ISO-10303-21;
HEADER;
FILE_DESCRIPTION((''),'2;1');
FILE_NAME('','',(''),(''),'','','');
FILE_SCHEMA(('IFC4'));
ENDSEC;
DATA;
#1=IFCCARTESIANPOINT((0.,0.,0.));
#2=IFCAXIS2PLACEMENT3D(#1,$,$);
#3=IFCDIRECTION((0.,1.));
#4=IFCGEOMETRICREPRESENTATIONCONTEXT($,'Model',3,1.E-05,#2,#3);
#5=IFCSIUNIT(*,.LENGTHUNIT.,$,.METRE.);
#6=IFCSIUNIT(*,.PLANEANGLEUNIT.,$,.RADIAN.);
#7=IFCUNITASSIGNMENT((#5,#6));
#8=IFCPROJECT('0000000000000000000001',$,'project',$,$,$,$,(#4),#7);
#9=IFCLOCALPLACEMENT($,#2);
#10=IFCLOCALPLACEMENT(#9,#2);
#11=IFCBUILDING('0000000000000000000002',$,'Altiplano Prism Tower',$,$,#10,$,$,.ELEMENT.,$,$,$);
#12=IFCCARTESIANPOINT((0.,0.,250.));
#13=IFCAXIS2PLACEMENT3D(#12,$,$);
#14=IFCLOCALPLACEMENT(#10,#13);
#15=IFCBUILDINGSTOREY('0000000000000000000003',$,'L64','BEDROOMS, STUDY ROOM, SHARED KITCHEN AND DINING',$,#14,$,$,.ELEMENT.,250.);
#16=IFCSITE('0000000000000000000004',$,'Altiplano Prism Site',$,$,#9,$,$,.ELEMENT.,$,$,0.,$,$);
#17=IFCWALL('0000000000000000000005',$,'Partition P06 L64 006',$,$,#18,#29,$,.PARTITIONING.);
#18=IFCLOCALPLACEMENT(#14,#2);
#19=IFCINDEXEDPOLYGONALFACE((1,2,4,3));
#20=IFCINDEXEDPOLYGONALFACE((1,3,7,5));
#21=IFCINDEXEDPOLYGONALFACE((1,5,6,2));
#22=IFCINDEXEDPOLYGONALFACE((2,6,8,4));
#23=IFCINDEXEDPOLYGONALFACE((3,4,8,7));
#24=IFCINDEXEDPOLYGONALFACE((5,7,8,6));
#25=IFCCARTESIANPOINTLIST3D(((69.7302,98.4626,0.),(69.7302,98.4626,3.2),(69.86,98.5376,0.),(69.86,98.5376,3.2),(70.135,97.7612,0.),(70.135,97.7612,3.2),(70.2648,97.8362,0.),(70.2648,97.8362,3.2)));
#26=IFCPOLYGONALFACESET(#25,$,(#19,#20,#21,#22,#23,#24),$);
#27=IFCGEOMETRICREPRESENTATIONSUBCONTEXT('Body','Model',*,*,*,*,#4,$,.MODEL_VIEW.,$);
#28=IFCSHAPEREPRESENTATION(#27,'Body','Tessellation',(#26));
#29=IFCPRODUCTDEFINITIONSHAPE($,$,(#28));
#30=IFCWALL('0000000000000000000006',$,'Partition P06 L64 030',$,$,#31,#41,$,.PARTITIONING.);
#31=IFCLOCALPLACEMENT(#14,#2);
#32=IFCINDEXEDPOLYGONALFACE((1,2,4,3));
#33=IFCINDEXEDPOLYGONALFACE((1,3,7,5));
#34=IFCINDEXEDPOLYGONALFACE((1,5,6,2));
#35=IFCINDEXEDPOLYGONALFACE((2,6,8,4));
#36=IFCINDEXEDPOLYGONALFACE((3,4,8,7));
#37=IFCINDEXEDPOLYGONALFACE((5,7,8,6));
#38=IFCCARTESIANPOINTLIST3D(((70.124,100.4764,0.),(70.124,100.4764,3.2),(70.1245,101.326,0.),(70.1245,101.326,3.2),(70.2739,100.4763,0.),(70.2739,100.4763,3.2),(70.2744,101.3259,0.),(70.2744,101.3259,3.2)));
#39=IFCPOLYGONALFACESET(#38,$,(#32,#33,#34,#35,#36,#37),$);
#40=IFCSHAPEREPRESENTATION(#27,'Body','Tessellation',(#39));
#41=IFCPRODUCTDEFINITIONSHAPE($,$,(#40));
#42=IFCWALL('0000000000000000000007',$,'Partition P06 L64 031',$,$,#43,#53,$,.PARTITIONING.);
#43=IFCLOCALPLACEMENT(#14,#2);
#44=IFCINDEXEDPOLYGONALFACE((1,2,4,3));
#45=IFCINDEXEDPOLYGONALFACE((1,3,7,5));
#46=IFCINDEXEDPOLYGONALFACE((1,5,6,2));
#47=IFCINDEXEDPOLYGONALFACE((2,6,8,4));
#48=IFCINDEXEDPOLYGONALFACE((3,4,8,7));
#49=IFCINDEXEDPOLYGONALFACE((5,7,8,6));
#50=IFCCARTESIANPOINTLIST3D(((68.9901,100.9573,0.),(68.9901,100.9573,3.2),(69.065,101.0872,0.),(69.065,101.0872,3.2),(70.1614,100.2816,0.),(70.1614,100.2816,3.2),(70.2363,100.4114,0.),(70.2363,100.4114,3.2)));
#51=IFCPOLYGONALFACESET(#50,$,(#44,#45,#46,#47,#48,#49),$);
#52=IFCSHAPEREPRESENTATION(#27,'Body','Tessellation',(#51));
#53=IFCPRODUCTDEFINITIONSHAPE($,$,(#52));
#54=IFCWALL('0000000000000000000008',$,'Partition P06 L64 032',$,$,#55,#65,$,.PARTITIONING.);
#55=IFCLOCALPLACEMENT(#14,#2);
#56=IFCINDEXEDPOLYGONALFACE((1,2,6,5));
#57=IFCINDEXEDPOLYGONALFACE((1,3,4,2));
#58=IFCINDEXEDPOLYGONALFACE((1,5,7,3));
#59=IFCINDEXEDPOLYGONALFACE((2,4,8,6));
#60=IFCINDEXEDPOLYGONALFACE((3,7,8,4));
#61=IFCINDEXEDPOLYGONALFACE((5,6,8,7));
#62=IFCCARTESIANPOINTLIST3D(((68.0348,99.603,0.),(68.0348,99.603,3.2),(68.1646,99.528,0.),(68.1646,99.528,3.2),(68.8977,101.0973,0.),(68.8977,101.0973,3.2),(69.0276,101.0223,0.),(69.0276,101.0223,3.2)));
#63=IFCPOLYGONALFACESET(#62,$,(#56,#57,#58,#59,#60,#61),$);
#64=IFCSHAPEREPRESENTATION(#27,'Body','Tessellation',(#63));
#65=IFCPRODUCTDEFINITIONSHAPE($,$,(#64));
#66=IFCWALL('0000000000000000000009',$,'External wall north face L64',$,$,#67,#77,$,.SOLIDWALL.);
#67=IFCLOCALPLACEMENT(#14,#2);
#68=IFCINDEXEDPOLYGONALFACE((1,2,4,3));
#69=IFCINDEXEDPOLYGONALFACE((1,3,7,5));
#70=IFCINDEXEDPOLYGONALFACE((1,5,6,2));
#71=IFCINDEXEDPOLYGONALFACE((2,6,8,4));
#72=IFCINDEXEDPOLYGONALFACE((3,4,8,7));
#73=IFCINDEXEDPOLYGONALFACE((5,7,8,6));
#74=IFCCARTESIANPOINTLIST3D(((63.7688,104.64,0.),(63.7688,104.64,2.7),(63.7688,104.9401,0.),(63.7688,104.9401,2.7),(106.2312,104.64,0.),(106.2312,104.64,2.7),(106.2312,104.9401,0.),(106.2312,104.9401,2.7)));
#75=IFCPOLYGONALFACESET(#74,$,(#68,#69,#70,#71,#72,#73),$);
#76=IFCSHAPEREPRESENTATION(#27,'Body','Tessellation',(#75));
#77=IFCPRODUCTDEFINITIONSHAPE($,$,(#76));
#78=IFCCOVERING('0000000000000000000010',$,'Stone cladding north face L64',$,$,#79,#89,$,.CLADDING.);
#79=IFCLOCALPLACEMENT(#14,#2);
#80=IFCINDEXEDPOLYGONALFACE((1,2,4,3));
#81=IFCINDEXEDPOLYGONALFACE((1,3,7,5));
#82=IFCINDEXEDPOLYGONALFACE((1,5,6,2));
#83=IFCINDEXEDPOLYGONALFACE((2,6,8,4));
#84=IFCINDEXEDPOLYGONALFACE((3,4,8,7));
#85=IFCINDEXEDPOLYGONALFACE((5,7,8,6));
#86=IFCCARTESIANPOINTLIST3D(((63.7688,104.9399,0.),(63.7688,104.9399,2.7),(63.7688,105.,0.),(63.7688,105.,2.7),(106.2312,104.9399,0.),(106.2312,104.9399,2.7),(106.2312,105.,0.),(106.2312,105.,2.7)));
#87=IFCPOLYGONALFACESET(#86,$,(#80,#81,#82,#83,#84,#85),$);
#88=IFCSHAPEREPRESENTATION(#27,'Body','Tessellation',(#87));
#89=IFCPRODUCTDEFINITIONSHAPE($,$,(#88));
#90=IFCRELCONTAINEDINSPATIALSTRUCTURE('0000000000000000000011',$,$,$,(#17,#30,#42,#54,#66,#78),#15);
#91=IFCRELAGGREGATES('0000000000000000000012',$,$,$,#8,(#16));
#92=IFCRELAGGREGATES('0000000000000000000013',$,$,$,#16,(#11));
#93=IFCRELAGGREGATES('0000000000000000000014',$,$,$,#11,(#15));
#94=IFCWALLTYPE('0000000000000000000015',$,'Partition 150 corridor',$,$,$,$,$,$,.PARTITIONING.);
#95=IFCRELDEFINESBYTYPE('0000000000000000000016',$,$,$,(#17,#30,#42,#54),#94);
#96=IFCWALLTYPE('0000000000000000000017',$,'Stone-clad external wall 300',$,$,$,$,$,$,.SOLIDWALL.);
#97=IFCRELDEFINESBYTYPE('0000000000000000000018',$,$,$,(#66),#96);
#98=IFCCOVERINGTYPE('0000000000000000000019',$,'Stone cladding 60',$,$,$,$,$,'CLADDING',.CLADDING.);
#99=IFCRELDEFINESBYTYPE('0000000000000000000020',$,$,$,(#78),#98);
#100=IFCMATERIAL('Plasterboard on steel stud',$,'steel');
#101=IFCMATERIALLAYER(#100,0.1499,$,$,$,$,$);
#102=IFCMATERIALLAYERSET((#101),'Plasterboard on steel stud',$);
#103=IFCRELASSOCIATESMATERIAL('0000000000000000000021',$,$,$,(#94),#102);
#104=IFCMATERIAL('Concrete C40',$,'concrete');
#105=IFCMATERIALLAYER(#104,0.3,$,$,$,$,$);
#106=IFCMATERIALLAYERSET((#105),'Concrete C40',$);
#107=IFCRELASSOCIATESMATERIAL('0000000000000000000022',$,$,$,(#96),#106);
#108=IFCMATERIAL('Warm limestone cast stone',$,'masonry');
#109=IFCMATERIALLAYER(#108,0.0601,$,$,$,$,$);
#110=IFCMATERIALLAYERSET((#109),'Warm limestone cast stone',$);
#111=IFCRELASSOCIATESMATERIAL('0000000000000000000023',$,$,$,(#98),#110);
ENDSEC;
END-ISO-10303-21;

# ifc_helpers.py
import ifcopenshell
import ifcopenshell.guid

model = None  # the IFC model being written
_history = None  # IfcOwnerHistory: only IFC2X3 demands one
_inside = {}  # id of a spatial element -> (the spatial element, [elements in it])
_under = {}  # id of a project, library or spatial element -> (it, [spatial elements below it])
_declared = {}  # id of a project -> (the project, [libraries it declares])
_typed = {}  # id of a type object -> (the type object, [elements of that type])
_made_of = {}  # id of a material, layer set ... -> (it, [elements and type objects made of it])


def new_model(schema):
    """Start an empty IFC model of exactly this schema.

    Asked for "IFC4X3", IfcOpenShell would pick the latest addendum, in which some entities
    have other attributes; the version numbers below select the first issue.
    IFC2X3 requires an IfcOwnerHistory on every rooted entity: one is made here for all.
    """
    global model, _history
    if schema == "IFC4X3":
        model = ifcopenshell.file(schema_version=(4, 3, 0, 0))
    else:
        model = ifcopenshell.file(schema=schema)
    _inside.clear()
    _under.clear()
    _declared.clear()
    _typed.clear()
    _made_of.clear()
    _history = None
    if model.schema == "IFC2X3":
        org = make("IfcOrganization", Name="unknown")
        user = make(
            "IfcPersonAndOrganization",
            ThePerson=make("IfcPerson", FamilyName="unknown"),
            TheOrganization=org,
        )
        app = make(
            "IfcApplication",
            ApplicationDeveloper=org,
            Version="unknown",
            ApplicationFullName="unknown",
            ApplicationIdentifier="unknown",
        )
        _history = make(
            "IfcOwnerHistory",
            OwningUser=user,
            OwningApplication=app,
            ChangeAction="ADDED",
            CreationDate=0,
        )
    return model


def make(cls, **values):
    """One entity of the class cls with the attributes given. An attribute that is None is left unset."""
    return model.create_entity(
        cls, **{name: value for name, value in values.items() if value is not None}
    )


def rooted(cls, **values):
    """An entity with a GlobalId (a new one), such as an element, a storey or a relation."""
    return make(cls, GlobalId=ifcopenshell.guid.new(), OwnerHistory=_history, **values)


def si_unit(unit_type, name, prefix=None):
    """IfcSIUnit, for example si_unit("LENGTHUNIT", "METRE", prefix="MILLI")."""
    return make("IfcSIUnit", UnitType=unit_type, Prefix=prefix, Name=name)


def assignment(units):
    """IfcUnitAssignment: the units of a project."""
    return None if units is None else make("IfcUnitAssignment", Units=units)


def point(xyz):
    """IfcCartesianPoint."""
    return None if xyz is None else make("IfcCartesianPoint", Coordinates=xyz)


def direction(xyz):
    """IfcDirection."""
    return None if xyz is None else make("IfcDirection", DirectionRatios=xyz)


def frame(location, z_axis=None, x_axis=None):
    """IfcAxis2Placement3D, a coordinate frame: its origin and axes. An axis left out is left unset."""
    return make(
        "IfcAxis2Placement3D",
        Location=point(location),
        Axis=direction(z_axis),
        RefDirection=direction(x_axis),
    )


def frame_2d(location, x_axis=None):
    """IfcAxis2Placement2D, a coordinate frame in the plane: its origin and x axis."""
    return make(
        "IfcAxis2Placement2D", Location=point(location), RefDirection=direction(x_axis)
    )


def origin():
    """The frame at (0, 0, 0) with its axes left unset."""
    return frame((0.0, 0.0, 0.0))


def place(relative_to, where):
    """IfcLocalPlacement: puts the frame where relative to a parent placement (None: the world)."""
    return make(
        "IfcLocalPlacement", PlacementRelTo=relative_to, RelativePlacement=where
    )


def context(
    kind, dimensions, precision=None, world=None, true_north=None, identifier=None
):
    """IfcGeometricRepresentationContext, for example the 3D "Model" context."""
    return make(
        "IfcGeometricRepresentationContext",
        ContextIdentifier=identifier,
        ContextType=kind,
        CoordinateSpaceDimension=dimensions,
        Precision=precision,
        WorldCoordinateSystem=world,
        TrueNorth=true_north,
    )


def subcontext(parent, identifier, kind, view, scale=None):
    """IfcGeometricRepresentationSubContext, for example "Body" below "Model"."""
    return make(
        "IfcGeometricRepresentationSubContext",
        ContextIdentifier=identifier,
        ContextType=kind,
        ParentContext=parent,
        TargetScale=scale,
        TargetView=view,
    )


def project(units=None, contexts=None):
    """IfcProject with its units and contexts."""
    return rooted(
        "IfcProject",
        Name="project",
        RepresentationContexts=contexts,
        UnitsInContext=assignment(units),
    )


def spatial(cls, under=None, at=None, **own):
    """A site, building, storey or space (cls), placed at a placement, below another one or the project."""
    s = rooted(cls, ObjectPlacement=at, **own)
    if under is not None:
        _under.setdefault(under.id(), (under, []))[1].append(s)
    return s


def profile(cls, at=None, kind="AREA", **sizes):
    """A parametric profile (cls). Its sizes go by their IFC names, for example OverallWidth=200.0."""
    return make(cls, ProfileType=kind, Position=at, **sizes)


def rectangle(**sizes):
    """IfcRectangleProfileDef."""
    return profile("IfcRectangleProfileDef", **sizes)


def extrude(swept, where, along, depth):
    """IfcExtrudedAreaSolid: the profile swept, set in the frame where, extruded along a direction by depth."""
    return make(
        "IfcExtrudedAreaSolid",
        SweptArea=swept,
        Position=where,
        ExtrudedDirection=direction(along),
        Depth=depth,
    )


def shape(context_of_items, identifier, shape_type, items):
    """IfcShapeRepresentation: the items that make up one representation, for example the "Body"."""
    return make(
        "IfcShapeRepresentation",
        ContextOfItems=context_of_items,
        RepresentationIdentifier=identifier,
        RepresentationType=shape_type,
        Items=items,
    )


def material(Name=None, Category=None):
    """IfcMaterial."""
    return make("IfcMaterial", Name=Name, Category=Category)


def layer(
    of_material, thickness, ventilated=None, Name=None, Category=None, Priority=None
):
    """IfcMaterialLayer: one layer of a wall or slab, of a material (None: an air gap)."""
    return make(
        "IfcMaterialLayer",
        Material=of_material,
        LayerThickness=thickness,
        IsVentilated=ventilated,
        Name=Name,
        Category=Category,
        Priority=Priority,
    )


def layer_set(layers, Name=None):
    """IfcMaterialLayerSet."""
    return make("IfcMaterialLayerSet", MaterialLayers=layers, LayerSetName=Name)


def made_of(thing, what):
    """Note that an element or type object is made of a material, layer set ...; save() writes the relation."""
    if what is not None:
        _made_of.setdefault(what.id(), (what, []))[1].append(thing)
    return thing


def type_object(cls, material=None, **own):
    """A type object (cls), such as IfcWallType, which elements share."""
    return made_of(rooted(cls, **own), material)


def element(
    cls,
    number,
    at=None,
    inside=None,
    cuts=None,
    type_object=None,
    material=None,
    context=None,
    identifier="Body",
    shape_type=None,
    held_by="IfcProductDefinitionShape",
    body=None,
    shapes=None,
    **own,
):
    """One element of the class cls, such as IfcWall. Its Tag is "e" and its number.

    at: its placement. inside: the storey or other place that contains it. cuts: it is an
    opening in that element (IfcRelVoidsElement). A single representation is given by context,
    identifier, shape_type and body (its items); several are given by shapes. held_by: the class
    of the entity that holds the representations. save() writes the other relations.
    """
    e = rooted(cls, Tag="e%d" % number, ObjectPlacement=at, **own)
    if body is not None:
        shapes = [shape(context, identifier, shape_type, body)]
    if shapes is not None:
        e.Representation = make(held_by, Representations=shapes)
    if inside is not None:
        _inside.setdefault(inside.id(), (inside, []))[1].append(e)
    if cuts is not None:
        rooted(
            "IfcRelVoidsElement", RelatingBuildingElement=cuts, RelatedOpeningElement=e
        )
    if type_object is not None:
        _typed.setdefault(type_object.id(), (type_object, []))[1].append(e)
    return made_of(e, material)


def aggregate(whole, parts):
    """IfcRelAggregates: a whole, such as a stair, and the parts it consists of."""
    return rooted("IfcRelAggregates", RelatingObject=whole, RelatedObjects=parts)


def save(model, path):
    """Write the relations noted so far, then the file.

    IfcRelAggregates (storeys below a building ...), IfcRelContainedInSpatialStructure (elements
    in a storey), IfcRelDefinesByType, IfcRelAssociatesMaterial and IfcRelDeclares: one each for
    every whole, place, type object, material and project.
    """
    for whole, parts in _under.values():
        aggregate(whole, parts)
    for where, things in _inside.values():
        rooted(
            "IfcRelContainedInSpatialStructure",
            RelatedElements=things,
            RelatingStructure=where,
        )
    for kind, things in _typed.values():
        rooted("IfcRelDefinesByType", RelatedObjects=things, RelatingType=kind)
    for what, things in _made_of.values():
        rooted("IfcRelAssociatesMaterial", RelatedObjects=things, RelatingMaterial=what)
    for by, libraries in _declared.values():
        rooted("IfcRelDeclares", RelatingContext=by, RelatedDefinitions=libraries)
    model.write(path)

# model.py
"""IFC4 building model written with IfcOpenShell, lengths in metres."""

from ifc_helpers import new_model, si_unit, direction, frame, frame_2d, origin, place, context, subcontext, project, spatial, rectangle, extrude, material, layer, layer_set, type_object, element, save


model = new_model("IFC4")

# Units and contexts
model_context = context("Model", 3, precision=1e-05, world=origin(), true_north=direction((0.0, 1.0)))
body_context = subcontext(model_context, "Body", "Model", "MODEL_VIEW")
ifc_project = project(units=[si_unit("LENGTHUNIT", "METRE"), si_unit("PLANEANGLEUNIT", "RADIAN")], contexts=[model_context])

# Site, building, storey
site_placement = place(None, origin())
site = spatial("IfcSite", under=ifc_project, at=site_placement, Name="Altiplano Prism Site", CompositionType="ELEMENT", RefElevation=0.0)
building_placement = place(site_placement, origin())
building = spatial("IfcBuilding", under=site, at=building_placement, Name="Altiplano Prism Tower", CompositionType="ELEMENT")
storey_placement = place(building_placement, frame((0.0, 0.0, 250.0)))
storey = spatial("IfcBuildingStorey", under=building, at=storey_placement, Name="L64", Description="BEDROOMS, STUDY ROOM, SHARED KITCHEN AND DINING", CompositionType="ELEMENT", Elevation=250.0)

# Shared definitions
ifc_material_1 = material(Name="Plasterboard on steel stud", Category="steel")

# Shared definitions
ifc_layer_1 = layer(ifc_material_1, 0.1499)
ifc_layer_set_1 = layer_set([ifc_layer_1], Name="Plasterboard on steel stud")
wall_type_1 = type_object("IfcWallType", Name="Partition 150 corridor", PredefinedType="PARTITIONING", material=ifc_layer_set_1)

# Walls
wall_1_placement = place(storey_placement, frame((69.7952, 98.5, 0.0), z_axis=(0.0, 0.0, 1.0), x_axis=(0.499836, -0.86612, 0.0)))
element("IfcWall", 1, at=wall_1_placement, inside=storey, type_object=wall_type_1, Name="Partition P06 L64 006", PredefinedType="PARTITIONING", context=body_context, shape_type="SweptSolid", body=[
    extrude(rectangle(XDim=0.8098, YDim=0.1499, at=frame_2d((0.4048, 0.0))), origin(), (0.0, 0.0, 1.0), 3.2),
])
wall_2_placement = place(storey_placement, frame((70.1995, 101.3259, 0.0), z_axis=(0.0, 0.0, 1.0), x_axis=(-0.000575, -1.0, 0.0)))
element("IfcWall", 2, at=wall_2_placement, inside=storey, type_object=wall_type_1, Name="Partition P06 L64 030", PredefinedType="PARTITIONING", context=body_context, shape_type="SweptSolid", body=[
    extrude(rectangle(XDim=0.8496, YDim=0.1499, at=frame_2d((0.4248, 0.0))), origin(), (0.0, 0.0, 1.0), 3.2),
])
wall_3_placement = place(storey_placement, frame((70.199, 100.3464, 0.0), z_axis=(0.0, 0.0, 1.0), x_axis=(-0.866192, 0.499712, 0.0)))
element("IfcWall", 3, at=wall_3_placement, inside=storey, type_object=wall_type_1, Name="Partition P06 L64 031", PredefinedType="PARTITIONING", context=body_context, shape_type="SweptSolid", body=[
    extrude(rectangle(XDim=1.3523, YDim=0.1499, at=frame_2d((0.6763, 0.0))), origin(), (0.0, 0.0, 1.0), 3.2),
])
wall_4_placement = place(storey_placement, frame((68.9626, 101.0598, 0.0), z_axis=(0.0, 0.0, 1.0), x_axis=(-0.50011, -0.865962, 0.0)))
element("IfcWall", 4, at=wall_4_placement, inside=storey, type_object=wall_type_1, Name="Partition P06 L64 032", PredefinedType="PARTITIONING", context=body_context, shape_type="SweptSolid", body=[
    extrude(rectangle(XDim=1.7256, YDim=0.1499, at=frame_2d((0.8628, 0.0))), origin(), (0.0, 0.0, 1.0), 3.2),
])
ifc_material_2 = material(Name="Concrete C40", Category="concrete")
ifc_layer_2 = layer(ifc_material_2, 0.3)
ifc_layer_set_2 = layer_set([ifc_layer_2], Name="Concrete C40")
wall_type_2 = type_object("IfcWallType", Name="Stone-clad external wall 300", PredefinedType="SOLIDWALL", material=ifc_layer_set_2)
wall_5_placement = place(storey_placement, frame((63.7688, 104.79, 0.0), z_axis=(0.0, 0.0, 1.0), x_axis=(1.0, 0.0, 0.0)))
element("IfcWall", 5, at=wall_5_placement, inside=storey, type_object=wall_type_2, Name="External wall north face L64", PredefinedType="SOLIDWALL", context=body_context, shape_type="SweptSolid", body=[
    extrude(rectangle(XDim=42.4624, YDim=0.3, at=frame_2d((21.2312, 0.0))), origin(), (0.0, 0.0, 1.0), 2.7),
])

# Covering
ifc_material_3 = material(Name="Warm limestone cast stone", Category="masonry")
ifc_layer_3 = layer(ifc_material_3, 0.0601)
ifc_layer_set_3 = layer_set([ifc_layer_3], Name="Warm limestone cast stone")
covering_type = type_object("IfcCoveringType", Name="Stone cladding 60", ElementType="CLADDING", PredefinedType="CLADDING", material=ifc_layer_set_3)
covering_placement = place(storey_placement, frame((63.7688, 104.97, 0.0), z_axis=(0.0, 0.0, 1.0), x_axis=(1.0, 0.0, 0.0)))
element("IfcCovering", 6, at=covering_placement, inside=storey, type_object=covering_type, Name="Stone cladding north face L64", PredefinedType="CLADDING", context=body_context, shape_type="SweptSolid", body=[
    extrude(rectangle(XDim=42.4624, YDim=0.0601, at=frame_2d((21.2312, 0.0))), origin(), (0.0, 0.0, 1.0), 2.7),
])

save(model, "model.ifc")
